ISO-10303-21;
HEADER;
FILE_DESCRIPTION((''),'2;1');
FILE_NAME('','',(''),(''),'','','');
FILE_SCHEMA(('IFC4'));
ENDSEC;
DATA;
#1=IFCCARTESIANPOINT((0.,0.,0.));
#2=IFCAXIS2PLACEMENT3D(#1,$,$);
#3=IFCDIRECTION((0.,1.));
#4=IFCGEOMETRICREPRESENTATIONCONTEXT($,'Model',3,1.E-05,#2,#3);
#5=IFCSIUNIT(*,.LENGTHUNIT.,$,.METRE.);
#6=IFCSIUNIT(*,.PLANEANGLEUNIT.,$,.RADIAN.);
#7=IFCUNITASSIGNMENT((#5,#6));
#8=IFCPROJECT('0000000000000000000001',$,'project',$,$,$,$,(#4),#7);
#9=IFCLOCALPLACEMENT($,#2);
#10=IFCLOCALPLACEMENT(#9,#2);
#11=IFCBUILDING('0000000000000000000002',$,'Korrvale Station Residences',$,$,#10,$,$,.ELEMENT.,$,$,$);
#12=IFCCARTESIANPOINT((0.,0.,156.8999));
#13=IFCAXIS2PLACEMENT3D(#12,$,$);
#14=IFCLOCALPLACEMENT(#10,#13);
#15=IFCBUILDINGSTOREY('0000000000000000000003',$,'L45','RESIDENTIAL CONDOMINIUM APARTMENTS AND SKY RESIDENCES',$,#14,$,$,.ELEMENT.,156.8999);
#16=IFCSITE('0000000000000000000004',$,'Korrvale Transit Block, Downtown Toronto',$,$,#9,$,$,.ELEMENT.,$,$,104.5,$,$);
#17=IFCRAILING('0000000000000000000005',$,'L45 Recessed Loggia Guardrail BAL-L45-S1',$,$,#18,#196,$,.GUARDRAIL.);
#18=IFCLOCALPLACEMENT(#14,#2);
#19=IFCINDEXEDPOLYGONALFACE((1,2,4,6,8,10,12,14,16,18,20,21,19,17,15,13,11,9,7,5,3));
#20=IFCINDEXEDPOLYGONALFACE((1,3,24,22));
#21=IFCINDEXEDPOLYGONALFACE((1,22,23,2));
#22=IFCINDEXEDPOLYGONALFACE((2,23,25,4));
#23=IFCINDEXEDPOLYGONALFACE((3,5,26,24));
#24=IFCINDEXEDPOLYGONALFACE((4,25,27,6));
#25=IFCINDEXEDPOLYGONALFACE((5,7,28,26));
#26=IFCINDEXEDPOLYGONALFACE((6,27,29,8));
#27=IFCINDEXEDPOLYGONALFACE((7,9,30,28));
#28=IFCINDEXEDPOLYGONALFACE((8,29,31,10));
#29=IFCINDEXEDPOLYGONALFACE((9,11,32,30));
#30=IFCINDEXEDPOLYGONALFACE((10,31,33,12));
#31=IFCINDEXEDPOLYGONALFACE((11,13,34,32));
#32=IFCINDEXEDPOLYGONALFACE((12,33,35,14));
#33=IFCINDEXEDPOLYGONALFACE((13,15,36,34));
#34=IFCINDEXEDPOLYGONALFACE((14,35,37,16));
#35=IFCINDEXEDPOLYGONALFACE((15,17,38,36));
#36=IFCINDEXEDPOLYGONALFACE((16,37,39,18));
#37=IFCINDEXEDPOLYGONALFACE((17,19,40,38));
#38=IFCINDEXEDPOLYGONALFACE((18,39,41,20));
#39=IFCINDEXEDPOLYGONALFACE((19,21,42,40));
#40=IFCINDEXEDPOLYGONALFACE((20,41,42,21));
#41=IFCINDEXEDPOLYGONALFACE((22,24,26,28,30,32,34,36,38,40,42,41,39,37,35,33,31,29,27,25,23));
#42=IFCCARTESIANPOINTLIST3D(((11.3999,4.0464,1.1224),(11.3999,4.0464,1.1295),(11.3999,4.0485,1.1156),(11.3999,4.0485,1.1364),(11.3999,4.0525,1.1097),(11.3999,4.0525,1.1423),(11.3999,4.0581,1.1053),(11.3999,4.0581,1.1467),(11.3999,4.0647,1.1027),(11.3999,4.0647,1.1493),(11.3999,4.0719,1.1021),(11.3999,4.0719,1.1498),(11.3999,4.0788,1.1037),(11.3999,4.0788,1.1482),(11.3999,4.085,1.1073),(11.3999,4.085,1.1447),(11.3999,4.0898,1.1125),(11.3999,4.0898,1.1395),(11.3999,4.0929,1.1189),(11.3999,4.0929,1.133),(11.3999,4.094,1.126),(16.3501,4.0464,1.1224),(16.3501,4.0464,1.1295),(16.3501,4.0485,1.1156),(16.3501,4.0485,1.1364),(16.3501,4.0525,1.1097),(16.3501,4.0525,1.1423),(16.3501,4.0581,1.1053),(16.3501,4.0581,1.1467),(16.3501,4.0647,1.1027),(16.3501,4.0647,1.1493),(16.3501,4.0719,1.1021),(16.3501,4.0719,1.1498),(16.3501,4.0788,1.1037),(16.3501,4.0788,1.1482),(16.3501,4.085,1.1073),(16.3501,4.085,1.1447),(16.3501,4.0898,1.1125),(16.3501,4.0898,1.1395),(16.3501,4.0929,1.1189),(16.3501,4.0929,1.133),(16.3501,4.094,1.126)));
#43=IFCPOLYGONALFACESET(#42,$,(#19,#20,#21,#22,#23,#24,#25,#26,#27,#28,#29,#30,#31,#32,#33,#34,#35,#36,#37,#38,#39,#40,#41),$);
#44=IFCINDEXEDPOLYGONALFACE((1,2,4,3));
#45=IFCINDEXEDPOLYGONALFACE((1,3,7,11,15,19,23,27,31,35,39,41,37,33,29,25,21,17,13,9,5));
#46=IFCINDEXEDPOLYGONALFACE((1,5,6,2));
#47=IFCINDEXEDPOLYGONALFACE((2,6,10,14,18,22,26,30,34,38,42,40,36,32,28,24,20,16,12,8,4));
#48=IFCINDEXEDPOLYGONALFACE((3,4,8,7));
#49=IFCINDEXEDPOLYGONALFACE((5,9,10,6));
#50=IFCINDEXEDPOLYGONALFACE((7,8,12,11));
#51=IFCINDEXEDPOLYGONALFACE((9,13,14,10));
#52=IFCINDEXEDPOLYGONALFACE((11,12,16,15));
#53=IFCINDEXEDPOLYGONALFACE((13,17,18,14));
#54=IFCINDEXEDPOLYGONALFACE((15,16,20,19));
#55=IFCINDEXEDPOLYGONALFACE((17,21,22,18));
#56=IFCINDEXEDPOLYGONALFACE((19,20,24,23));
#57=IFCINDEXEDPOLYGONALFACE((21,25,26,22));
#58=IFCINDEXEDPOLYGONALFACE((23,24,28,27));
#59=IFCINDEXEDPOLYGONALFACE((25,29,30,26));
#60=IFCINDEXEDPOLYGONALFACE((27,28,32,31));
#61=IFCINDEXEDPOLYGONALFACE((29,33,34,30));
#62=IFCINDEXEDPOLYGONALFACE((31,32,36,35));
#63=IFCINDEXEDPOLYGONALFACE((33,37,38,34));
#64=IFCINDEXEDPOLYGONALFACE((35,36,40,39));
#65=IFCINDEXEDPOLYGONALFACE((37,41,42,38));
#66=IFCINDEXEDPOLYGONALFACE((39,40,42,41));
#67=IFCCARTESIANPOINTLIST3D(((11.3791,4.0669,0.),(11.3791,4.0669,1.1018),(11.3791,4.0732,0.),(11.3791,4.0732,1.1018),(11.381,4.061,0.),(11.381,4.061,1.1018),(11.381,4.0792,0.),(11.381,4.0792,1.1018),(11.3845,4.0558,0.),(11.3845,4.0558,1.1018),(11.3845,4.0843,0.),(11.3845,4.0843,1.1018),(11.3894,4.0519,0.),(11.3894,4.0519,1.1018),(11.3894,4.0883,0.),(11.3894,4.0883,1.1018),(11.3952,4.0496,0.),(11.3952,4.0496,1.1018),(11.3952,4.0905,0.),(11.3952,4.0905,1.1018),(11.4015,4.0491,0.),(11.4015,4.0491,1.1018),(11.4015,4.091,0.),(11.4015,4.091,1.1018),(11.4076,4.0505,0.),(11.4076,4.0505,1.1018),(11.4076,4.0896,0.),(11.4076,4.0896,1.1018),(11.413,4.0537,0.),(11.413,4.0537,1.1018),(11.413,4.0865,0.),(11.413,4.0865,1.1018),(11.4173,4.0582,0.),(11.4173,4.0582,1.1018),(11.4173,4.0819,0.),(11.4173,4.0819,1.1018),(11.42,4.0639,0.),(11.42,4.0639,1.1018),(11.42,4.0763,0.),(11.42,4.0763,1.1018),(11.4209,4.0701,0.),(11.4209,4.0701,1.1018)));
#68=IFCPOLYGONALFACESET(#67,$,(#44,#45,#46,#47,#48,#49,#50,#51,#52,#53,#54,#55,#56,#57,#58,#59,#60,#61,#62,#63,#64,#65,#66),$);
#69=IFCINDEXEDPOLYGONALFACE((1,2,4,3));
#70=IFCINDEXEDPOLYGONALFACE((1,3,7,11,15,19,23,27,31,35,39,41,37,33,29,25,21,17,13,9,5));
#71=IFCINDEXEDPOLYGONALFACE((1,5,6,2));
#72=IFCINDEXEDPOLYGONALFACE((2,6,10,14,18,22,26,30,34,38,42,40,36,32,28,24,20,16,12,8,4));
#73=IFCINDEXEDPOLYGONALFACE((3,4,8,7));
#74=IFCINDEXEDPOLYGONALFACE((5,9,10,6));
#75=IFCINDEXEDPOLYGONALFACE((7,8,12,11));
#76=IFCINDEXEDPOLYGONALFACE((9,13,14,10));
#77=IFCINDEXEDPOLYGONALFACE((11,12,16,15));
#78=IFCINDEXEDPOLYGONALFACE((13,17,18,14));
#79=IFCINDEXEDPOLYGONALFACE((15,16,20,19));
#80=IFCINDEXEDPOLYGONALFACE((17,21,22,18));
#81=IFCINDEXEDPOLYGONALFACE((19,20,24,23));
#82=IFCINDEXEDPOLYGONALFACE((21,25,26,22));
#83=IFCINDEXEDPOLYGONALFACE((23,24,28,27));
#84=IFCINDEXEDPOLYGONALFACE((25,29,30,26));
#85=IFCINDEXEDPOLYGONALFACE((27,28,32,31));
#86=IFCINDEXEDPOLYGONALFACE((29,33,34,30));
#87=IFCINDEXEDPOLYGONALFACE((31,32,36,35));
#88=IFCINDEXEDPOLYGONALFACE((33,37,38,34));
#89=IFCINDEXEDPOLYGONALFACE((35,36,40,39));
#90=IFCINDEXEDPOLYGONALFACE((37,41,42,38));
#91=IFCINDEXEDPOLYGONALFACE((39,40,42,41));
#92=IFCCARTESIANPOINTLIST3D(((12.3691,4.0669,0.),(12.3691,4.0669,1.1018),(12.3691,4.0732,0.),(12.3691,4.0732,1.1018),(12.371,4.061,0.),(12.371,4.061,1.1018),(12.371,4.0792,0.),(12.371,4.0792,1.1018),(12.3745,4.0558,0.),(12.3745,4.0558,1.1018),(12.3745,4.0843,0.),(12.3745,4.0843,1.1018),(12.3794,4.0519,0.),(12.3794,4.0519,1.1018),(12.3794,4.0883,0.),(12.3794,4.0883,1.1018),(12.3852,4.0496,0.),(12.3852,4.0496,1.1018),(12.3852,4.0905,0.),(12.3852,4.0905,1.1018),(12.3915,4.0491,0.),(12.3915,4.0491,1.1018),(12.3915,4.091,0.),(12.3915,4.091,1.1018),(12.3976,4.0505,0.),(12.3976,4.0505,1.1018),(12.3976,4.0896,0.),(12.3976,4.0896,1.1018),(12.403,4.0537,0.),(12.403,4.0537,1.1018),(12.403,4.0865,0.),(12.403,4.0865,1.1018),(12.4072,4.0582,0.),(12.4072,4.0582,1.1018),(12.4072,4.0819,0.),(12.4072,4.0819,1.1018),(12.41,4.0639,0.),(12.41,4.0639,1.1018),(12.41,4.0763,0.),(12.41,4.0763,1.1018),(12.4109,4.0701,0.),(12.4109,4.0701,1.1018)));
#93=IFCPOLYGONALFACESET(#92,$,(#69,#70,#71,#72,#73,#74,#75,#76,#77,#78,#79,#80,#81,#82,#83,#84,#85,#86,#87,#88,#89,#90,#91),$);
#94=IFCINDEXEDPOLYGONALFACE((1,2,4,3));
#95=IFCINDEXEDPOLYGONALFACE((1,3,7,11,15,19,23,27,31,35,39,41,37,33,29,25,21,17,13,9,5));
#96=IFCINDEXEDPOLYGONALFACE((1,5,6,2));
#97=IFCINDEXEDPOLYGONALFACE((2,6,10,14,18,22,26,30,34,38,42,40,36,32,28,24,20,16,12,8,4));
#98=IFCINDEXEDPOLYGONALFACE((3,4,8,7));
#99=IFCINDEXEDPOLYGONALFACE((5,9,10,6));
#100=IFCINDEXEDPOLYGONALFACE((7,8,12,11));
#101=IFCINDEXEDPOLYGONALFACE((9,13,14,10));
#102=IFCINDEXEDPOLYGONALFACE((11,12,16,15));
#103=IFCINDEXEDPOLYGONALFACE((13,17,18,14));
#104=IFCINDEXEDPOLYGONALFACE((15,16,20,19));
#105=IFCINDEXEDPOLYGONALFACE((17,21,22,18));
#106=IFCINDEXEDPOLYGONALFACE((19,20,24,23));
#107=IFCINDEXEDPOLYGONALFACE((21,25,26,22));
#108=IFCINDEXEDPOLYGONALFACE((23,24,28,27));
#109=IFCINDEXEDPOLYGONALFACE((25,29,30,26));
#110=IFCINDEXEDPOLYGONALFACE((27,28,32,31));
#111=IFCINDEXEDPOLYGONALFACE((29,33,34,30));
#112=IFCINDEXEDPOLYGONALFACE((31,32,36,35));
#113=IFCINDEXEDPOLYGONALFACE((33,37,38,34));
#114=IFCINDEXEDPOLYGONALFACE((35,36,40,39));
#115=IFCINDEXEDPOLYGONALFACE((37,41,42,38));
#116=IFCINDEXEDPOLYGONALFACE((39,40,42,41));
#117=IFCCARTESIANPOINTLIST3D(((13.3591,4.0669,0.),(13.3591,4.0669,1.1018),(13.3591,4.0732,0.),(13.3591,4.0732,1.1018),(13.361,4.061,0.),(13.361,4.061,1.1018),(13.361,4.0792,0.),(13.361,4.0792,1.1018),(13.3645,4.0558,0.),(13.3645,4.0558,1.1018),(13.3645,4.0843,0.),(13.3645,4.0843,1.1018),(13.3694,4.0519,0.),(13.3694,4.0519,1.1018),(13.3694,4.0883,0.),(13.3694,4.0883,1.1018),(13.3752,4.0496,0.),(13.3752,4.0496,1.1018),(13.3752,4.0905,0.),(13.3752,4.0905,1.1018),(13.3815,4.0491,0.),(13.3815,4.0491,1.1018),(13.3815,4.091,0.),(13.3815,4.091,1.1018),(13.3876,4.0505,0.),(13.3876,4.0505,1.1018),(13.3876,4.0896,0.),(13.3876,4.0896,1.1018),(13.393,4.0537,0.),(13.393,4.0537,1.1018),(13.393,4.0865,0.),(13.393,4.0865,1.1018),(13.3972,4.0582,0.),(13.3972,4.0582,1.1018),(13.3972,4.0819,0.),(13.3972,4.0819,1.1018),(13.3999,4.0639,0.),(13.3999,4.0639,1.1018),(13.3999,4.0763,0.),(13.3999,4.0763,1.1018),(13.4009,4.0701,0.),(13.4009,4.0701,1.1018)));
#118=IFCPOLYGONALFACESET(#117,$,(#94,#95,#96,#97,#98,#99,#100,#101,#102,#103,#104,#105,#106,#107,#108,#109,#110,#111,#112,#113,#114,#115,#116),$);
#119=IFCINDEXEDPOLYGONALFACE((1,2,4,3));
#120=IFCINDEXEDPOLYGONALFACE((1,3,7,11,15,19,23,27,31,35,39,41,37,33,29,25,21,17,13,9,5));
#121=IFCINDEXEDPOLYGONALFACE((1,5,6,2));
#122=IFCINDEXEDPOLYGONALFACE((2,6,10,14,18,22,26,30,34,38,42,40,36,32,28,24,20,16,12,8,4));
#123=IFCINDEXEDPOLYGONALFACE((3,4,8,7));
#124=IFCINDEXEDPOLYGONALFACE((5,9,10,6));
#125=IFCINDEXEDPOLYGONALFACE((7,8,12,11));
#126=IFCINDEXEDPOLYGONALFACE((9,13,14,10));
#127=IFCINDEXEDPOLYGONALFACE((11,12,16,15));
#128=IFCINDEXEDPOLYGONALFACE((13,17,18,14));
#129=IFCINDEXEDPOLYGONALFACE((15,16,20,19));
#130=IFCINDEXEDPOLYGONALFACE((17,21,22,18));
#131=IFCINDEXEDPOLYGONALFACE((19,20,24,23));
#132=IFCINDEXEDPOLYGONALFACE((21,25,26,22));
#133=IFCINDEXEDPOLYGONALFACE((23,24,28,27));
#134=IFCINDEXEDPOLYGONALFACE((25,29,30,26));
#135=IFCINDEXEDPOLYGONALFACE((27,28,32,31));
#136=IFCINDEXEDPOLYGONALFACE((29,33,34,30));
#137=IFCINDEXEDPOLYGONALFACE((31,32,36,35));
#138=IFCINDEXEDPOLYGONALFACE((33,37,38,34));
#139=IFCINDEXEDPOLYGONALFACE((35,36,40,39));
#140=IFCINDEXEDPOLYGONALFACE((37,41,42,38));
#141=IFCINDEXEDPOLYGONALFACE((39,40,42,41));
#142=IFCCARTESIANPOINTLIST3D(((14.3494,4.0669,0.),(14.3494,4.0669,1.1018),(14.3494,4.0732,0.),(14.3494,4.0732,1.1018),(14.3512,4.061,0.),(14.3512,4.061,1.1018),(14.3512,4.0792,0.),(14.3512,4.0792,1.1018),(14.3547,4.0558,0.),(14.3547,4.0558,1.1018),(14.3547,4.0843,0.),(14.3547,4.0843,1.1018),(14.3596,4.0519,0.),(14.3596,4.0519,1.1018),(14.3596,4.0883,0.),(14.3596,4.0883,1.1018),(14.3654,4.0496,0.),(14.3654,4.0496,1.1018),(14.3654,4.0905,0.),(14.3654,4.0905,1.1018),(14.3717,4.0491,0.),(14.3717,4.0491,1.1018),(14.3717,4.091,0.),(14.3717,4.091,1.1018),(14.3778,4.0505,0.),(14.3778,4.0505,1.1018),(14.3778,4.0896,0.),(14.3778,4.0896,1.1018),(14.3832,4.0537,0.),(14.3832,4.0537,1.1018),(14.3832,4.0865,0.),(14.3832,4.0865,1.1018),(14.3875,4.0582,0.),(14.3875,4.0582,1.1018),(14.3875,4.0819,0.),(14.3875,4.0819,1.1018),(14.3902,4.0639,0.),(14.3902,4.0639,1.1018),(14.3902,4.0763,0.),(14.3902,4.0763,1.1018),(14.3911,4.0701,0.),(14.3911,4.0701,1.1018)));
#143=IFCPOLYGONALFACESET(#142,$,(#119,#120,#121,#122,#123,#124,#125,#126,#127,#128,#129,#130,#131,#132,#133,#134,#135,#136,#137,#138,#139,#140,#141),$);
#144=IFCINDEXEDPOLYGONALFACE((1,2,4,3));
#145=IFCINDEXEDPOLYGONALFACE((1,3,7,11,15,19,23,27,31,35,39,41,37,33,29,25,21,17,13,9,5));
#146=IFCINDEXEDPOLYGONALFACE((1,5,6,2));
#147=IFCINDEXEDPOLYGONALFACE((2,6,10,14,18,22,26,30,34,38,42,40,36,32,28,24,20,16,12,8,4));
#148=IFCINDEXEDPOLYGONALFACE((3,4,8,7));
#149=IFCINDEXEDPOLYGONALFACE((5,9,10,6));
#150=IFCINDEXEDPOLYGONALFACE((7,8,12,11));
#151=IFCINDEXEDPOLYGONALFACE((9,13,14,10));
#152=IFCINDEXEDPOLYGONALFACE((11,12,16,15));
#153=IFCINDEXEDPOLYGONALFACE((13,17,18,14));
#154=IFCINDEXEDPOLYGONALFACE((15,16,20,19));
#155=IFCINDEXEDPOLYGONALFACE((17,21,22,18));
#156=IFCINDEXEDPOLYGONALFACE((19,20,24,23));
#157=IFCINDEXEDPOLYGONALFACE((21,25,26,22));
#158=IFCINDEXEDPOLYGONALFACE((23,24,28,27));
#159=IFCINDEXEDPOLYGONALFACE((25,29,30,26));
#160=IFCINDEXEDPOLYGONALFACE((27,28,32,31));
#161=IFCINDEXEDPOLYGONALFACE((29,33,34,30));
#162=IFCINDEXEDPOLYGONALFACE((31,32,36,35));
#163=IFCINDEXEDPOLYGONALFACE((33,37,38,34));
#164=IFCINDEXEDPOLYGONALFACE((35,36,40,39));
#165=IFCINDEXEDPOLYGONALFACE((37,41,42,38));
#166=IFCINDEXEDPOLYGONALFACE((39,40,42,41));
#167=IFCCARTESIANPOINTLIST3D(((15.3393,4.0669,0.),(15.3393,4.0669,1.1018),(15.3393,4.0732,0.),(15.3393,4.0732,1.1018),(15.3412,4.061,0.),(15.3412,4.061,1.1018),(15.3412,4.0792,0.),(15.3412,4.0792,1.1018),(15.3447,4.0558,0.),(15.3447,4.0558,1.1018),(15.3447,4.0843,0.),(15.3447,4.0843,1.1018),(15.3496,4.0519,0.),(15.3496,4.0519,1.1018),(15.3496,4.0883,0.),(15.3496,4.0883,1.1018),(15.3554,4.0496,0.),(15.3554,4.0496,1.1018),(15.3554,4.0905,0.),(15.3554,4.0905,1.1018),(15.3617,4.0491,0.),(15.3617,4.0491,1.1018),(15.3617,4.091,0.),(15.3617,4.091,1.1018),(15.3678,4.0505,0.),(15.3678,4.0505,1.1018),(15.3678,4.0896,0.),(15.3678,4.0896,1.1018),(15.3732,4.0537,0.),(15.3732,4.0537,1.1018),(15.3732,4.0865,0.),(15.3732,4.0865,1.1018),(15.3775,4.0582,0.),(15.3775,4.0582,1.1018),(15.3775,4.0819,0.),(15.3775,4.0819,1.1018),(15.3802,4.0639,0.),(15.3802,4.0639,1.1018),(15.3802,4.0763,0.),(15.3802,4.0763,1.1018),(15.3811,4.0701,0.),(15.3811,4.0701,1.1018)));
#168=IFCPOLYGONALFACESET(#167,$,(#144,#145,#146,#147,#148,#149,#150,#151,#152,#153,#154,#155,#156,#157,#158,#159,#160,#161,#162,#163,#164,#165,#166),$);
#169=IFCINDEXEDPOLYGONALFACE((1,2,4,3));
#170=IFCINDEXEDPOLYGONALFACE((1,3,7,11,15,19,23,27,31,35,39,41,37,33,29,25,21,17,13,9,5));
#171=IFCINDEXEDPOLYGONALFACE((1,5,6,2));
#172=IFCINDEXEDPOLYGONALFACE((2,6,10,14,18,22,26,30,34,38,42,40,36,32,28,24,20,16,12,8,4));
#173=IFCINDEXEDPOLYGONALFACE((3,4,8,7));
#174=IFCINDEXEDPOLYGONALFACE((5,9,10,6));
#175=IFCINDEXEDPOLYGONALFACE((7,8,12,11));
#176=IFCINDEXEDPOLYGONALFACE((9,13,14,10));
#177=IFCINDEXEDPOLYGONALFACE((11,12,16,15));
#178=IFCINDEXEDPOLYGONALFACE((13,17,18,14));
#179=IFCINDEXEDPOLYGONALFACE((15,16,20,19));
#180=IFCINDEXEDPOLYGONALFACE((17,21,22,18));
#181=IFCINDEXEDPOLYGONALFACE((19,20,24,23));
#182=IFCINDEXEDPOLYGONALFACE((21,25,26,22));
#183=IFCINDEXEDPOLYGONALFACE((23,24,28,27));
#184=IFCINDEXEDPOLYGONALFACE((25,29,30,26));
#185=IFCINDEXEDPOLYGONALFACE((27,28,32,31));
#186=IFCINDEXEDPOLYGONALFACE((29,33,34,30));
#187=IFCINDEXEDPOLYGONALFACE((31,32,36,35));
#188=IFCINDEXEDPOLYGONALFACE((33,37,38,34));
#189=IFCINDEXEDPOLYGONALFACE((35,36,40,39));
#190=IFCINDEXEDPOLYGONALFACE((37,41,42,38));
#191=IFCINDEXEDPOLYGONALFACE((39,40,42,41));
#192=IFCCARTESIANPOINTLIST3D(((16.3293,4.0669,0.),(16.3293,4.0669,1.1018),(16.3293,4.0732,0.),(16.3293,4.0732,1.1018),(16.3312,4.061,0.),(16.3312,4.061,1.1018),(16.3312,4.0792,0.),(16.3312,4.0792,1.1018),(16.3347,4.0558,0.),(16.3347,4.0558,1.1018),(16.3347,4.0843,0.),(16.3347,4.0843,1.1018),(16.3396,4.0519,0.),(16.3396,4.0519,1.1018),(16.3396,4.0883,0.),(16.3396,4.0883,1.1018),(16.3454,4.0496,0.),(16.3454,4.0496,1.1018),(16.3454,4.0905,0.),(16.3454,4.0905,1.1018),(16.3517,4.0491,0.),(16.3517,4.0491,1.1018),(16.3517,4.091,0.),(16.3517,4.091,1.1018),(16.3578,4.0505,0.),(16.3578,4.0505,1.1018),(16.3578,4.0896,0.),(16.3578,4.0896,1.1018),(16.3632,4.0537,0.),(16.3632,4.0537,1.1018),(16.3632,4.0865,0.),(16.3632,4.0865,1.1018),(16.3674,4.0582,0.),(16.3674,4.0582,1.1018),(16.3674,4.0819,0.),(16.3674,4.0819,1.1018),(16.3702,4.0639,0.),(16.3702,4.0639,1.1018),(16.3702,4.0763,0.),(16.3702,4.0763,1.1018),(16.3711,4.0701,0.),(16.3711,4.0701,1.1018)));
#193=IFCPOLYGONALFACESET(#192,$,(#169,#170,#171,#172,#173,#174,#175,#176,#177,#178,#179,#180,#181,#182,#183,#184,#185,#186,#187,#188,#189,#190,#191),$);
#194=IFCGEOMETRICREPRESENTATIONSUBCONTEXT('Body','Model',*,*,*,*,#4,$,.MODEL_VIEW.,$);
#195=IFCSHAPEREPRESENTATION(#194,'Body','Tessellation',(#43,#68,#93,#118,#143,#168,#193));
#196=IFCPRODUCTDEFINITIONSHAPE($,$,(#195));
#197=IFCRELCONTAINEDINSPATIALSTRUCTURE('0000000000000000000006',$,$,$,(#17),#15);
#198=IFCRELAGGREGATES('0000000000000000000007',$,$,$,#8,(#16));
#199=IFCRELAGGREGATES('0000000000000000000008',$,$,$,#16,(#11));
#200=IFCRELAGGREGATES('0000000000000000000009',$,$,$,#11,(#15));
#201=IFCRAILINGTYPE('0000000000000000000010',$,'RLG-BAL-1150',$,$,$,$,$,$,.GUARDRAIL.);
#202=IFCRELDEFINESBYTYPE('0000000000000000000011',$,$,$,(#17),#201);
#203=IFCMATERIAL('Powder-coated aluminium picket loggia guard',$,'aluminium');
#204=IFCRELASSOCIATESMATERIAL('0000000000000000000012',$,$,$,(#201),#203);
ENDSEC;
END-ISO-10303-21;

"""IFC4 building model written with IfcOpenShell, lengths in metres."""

from ifc_helpers import new_model, si_unit, direction, frame, origin, origin_2d, place, context, subcontext, project, spatial, circle, extrude, material, type_object, element, save


model = new_model("IFC4")

# Units and contexts
model_context = context("Model", 3, precision=1e-05, world=origin(), true_north=direction((0.0, 1.0)))
body_context = subcontext(model_context, "Body", "Model", "MODEL_VIEW")
ifc_project = project(units=[si_unit("LENGTHUNIT", "METRE"), si_unit("PLANEANGLEUNIT", "RADIAN")], contexts=[model_context])

# Site, building, storey
site_placement = place(None, origin())
site = spatial("IfcSite", under=ifc_project, at=site_placement, Name="Korrvale Transit Block, Downtown Toronto", CompositionType="ELEMENT", RefElevation=104.5)
building_placement = place(site_placement, origin())
building = spatial("IfcBuilding", under=site, at=building_placement, Name="Korrvale Station Residences", CompositionType="ELEMENT")
storey_placement = place(building_placement, frame((0.0, 0.0, 156.8999)))
storey = spatial("IfcBuildingStorey", under=building, at=storey_placement, Name="L45", Description="RESIDENTIAL CONDOMINIUM APARTMENTS AND SKY RESIDENCES", CompositionType="ELEMENT", Elevation=156.8999)

# Railing
ifc_material_1 = material(Name="Powder-coated aluminium picket loggia guard", Category="aluminium")
railing_type = type_object("IfcRailingType", Name="RLG-BAL-1150", PredefinedType="GUARDRAIL", material=ifc_material_1)
railing_placement = place(storey_placement, frame((11.3999, 4.0701, 0.0)))
element("IfcRailing", 1, at=railing_placement, inside=storey, type_object=railing_type, Name="L45 Recessed Loggia Guardrail BAL-L45-S1", PredefinedType="GUARDRAIL", context=body_context, shape_type="SweptSolid", body=[
    extrude(circle(Radius=0.0239, at=origin_2d()), frame((0.0, 0.0, 1.126), z_axis=(1.0, 0.0, 0.0), x_axis=(0.0, 1.0, 0.0)), (0.0, 0.0, 1.0), 4.9502),
    extrude(circle(Radius=0.021, at=origin_2d()), origin(), (0.0, 0.0, 1.0), 1.1018),
    extrude(circle(Radius=0.021, at=origin_2d()), frame((0.99, 0.0, 0.0)), (0.0, 0.0, 1.0), 1.1018),
    extrude(circle(Radius=0.021, at=origin_2d()), frame((1.98, 0.0, 0.0)), (0.0, 0.0, 1.0), 1.1018),
    extrude(circle(Radius=0.021, at=origin_2d()), frame((2.9702, 0.0, 0.0)), (0.0, 0.0, 1.0), 1.1018),
    extrude(circle(Radius=0.021, at=origin_2d()), frame((3.9602, 0.0, 0.0)), (0.0, 0.0, 1.0), 1.1018),
    extrude(circle(Radius=0.021, at=origin_2d()), frame((4.9502, 0.0, 0.0)), (0.0, 0.0, 1.0), 1.1018),
])

save(model, "model.ifc")
